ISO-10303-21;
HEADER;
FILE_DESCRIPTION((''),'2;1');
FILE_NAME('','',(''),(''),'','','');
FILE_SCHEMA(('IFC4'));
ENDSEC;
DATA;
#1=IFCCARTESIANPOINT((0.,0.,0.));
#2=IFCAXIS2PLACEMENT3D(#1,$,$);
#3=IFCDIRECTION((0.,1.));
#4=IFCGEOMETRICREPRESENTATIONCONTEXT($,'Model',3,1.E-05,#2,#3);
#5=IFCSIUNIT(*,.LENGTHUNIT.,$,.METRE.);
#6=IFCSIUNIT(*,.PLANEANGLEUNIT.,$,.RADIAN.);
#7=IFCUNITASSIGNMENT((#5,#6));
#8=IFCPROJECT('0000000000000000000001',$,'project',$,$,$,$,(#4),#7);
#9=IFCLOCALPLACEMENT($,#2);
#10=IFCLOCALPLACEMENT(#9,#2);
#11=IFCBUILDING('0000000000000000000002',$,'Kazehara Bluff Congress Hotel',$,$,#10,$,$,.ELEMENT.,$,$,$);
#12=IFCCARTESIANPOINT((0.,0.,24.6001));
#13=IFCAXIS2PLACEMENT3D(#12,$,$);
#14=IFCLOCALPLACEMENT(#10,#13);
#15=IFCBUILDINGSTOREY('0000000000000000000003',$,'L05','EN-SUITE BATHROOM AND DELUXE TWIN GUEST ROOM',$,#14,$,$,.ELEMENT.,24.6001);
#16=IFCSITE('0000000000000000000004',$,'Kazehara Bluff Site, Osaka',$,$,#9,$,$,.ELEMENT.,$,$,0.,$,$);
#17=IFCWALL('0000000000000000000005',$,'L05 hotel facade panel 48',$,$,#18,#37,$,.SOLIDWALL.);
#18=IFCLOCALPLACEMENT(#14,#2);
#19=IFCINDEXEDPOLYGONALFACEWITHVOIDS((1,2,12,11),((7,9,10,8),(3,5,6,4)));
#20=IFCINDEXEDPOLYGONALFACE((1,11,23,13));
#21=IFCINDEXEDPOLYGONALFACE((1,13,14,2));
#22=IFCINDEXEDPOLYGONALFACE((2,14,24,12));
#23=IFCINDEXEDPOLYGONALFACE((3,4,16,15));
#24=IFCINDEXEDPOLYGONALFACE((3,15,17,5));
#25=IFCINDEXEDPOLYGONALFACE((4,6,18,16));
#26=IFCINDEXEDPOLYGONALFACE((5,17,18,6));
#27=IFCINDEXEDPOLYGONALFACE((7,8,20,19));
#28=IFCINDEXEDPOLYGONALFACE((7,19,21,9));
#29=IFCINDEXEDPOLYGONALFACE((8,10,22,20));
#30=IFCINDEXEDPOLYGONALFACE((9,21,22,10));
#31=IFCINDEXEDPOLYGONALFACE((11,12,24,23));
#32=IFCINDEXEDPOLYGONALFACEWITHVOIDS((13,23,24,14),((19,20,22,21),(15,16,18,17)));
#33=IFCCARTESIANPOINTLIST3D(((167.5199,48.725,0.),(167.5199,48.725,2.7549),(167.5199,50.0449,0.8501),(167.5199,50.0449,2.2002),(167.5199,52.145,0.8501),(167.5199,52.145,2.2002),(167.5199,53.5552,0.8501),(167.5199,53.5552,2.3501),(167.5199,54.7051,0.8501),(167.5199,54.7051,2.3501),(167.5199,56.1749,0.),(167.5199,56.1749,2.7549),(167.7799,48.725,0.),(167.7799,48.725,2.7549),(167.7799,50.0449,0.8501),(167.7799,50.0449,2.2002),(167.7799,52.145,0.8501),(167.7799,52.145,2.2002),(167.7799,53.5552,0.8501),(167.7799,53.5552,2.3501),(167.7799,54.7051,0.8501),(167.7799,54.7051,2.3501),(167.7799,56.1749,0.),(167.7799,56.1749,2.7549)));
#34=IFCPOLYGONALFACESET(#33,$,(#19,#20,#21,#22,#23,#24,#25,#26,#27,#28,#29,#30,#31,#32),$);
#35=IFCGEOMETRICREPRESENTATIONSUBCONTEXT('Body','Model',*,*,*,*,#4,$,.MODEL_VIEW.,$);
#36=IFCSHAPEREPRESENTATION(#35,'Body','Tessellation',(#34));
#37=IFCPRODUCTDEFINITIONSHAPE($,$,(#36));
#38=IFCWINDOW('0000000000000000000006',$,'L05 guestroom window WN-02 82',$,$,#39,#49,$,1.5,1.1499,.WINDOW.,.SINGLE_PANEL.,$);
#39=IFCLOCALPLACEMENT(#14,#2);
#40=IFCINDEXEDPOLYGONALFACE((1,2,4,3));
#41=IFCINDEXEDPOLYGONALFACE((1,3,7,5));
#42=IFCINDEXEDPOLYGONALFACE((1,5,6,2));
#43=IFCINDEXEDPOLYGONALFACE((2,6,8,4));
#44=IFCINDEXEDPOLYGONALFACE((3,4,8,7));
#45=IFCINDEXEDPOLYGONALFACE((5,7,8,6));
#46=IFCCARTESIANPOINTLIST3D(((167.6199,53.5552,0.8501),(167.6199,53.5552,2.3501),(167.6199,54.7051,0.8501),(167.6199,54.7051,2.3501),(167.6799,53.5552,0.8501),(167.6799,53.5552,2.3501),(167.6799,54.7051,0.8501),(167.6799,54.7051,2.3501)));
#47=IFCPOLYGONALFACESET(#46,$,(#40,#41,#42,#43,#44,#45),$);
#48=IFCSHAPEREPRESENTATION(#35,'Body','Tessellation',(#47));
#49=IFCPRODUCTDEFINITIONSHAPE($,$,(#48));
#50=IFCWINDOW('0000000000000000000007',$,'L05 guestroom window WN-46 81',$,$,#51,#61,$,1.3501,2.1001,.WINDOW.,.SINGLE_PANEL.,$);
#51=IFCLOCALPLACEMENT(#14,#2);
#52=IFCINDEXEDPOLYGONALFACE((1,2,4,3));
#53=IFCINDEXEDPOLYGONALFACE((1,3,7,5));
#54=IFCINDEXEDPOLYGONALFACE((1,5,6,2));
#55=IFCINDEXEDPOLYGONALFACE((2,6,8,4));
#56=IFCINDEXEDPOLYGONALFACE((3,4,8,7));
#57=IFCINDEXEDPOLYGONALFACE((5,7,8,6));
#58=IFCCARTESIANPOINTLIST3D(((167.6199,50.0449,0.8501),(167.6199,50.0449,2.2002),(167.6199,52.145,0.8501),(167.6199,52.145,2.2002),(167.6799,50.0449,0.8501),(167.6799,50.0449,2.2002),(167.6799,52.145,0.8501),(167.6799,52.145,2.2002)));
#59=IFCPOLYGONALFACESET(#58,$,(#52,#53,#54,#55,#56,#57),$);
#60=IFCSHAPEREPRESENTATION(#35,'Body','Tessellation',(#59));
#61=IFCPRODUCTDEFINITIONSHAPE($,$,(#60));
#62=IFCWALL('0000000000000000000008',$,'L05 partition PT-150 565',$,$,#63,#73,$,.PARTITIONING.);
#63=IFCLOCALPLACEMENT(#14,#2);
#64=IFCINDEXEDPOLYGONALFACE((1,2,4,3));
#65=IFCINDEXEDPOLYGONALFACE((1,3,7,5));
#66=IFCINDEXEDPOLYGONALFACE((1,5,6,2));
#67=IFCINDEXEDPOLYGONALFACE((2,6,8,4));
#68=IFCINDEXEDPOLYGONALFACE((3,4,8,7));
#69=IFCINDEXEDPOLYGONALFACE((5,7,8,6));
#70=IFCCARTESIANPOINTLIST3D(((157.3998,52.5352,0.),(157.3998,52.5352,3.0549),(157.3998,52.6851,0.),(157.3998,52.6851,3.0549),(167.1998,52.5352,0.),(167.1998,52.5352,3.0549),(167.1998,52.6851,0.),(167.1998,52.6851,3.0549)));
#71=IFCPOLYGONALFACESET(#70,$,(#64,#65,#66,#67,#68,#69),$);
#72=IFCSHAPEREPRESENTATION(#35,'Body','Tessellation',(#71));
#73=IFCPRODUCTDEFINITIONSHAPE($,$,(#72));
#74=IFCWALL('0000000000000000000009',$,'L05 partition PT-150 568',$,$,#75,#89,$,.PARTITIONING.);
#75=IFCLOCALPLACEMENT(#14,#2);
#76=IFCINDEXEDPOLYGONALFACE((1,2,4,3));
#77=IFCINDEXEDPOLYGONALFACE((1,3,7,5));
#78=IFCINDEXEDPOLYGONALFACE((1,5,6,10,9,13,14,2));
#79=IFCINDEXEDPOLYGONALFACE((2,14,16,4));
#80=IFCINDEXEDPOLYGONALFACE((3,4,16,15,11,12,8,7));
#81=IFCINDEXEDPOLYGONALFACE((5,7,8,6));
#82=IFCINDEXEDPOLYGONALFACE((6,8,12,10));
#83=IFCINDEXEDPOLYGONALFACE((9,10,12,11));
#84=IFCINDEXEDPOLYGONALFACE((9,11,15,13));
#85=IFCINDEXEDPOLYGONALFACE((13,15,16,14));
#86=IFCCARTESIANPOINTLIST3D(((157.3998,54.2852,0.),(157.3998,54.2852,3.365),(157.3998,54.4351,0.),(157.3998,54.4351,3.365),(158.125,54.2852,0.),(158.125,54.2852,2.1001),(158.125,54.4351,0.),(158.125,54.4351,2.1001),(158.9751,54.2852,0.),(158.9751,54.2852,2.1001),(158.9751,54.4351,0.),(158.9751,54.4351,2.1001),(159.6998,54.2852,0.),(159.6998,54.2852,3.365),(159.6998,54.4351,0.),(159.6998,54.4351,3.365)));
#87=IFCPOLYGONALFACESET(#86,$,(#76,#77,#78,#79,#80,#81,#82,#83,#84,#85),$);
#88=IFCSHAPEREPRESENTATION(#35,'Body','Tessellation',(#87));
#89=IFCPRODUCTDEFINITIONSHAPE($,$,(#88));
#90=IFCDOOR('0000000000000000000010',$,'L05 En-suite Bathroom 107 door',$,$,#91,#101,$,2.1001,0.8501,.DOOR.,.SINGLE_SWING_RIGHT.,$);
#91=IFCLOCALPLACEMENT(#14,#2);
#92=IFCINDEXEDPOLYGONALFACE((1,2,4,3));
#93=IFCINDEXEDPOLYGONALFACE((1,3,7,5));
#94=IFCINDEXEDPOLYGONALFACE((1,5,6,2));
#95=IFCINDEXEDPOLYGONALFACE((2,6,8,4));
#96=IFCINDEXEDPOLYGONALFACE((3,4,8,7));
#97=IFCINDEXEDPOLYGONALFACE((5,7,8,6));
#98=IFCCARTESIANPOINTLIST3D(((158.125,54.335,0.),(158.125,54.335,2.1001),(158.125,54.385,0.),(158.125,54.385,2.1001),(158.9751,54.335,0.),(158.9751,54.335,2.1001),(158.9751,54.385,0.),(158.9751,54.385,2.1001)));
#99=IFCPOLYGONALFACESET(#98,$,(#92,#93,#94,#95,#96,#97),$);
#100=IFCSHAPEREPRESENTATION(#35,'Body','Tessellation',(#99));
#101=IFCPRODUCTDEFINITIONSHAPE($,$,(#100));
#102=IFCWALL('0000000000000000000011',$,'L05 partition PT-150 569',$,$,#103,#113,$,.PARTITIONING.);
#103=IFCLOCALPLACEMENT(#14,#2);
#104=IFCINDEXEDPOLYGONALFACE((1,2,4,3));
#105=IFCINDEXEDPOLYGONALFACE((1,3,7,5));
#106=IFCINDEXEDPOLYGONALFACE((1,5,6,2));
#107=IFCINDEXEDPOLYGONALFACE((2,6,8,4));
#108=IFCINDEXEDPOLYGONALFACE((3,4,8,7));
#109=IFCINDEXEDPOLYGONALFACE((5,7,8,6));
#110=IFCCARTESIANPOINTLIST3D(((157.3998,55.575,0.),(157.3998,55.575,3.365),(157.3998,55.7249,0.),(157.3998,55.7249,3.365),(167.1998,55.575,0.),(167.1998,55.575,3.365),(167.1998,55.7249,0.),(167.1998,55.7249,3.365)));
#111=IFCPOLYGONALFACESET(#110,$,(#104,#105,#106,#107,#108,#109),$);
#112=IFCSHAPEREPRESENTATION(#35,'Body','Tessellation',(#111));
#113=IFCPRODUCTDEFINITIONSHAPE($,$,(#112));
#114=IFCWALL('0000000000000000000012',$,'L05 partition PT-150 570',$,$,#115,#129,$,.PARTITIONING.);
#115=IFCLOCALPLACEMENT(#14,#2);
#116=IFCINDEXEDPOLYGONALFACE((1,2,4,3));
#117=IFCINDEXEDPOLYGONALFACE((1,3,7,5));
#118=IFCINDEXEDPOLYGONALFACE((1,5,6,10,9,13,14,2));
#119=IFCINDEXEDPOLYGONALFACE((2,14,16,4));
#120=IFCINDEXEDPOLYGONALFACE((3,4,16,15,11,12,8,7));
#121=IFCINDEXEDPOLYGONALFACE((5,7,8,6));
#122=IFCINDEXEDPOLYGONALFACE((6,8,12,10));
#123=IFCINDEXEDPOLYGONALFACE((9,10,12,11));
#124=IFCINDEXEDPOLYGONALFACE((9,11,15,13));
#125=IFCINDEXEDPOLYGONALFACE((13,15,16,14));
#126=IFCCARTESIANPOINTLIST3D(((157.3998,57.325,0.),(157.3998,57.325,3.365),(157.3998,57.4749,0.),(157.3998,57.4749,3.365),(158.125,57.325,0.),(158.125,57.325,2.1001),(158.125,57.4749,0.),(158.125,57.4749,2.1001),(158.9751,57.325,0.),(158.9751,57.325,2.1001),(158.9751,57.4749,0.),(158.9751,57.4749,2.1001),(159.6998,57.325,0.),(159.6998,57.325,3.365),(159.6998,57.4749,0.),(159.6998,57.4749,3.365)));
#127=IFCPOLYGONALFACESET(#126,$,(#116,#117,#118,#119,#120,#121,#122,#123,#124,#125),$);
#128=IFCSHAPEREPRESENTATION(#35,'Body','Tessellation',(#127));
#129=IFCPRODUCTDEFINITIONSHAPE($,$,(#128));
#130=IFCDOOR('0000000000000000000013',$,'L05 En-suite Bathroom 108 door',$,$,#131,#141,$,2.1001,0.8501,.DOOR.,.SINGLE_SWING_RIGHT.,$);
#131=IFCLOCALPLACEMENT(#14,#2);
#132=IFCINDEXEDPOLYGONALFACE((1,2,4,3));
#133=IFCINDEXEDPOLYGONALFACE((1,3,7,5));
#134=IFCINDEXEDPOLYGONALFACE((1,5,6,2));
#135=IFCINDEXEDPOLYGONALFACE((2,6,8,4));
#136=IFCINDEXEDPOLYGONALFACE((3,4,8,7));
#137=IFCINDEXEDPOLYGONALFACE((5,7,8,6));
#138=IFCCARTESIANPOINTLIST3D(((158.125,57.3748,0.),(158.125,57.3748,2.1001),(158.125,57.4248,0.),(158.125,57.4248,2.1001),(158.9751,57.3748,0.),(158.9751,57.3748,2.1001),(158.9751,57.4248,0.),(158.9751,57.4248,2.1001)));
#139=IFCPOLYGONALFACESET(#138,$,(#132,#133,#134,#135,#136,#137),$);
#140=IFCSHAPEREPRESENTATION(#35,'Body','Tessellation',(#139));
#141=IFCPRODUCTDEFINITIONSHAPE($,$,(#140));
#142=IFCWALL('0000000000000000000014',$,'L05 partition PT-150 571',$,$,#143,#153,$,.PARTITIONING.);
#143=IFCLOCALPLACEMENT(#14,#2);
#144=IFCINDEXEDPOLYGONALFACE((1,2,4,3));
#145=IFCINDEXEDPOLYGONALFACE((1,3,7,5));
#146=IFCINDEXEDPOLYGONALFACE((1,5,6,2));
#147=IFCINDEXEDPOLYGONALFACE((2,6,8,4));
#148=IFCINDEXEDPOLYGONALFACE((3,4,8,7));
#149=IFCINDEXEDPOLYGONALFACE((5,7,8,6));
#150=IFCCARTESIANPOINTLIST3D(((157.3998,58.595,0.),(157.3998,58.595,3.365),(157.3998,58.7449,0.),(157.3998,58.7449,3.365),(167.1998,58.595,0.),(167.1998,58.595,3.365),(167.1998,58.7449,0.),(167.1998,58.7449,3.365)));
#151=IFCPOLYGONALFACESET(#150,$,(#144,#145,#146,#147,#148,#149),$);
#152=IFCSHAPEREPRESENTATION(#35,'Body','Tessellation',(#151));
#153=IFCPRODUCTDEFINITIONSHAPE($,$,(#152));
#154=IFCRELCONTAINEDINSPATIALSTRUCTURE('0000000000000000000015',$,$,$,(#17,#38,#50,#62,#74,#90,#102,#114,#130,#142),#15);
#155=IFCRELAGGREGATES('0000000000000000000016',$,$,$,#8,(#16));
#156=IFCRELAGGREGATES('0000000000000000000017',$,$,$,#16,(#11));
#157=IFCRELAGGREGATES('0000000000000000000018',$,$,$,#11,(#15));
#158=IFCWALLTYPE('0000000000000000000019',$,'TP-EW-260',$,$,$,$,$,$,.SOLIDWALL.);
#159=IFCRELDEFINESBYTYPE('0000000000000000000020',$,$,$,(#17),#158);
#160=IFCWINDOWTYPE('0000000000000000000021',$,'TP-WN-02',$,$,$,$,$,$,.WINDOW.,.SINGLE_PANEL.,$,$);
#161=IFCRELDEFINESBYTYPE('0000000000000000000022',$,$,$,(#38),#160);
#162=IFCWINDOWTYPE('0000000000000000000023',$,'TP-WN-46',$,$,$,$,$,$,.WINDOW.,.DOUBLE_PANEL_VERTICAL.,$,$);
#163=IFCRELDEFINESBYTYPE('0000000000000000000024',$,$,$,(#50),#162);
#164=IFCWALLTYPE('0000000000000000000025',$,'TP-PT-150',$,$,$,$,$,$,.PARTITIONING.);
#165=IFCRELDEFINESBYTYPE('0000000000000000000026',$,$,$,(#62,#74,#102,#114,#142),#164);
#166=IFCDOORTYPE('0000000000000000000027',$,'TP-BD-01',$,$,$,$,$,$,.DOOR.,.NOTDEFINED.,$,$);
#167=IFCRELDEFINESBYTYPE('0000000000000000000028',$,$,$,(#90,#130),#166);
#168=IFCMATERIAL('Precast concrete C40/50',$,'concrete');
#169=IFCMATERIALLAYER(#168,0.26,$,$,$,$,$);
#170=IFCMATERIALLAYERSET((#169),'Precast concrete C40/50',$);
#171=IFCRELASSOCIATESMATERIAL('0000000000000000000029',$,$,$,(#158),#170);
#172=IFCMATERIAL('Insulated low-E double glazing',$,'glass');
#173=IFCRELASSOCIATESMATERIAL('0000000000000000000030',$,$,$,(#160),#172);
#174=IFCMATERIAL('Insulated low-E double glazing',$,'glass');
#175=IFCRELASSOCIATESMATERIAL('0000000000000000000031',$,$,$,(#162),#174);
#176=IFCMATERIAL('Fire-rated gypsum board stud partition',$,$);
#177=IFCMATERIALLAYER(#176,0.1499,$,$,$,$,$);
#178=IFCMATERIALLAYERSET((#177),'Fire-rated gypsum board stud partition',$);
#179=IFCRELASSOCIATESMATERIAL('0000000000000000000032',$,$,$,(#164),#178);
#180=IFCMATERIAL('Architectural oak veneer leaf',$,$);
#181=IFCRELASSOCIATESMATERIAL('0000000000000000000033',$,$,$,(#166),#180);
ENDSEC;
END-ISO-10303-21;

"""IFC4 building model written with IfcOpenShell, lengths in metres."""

from ifc_helpers import new_model, si_unit, direction, frame, frame_2d, origin, place, context, subcontext, project, spatial, rectangle, extrude, material, layer, layer_set, type_object, element, fill, save


model = new_model("IFC4")

# Units and contexts
model_context = context("Model", 3, precision=1e-05, world=origin(), true_north=direction((0.0, 1.0)))
body_context = subcontext(model_context, "Body", "Model", "MODEL_VIEW")
ifc_project = project(units=[si_unit("LENGTHUNIT", "METRE"), si_unit("PLANEANGLEUNIT", "RADIAN")], contexts=[model_context])

# Site, building, storey
site_placement = place(None, origin())
site = spatial("IfcSite", under=ifc_project, at=site_placement, Name="Kazehara Bluff Site, Osaka", CompositionType="ELEMENT", RefElevation=0.0)
building_placement = place(site_placement, origin())
building = spatial("IfcBuilding", under=site, at=building_placement, Name="Kazehara Bluff Congress Hotel", CompositionType="ELEMENT")
storey_placement = place(building_placement, frame((0.0, 0.0, 24.6001)))
storey = spatial("IfcBuildingStorey", under=building, at=storey_placement, Name="L05", Description="EN-SUITE BATHROOM AND DELUXE TWIN GUEST ROOM", CompositionType="ELEMENT", Elevation=24.6001)

# Wall, openings, windows
ifc_material_1 = material(Name="Precast concrete C40/50", Category="concrete")
ifc_layer_1 = layer(ifc_material_1, 0.26)
ifc_layer_set_1 = layer_set([ifc_layer_1], Name="Precast concrete C40/50")
wall_type_1 = type_object("IfcWallType", Name="TP-EW-260", PredefinedType="SOLIDWALL", material=ifc_layer_set_1)
wall_1_placement = place(storey_placement, frame((167.6499, 56.175, 0.0), z_axis=(0.0, 0.0, 1.0), x_axis=(0.0, -1.0, 0.0)))
wall_1 = element("IfcWall", 1, at=wall_1_placement, inside=storey, type_object=wall_type_1, Name="L05 hotel facade panel 48", PredefinedType="SOLIDWALL", context=body_context, shape_type="SweptSolid", body=[
    extrude(rectangle(XDim=7.45, YDim=0.26, at=frame_2d((3.7251, 0.0))), origin(), (0.0, 0.0, 1.0), 2.7549),
])
opening_1_placement = place(wall_1_placement, frame((4.03, 0.0, 0.8501)))
opening_1 = element("IfcOpeningElement", 2, at=opening_1_placement, cuts=wall_1, PredefinedType="OPENING", context=body_context, shape_type="SweptSolid", body=[
    extrude(rectangle(XDim=2.1001, YDim=1.3501, at=frame_2d((1.05, 0.675))), frame((0.0, 0.1399, 0.0), z_axis=(0.0, -1.0, 0.0), x_axis=(1.0, 0.0, 0.0)), (0.0, 0.0, 1.0), 0.28),
])
opening_2_placement = place(wall_1_placement, frame((1.47, 0.0, 0.8501)))
opening_2 = element("IfcOpeningElement", 3, at=opening_2_placement, cuts=wall_1, PredefinedType="OPENING", context=body_context, shape_type="SweptSolid", body=[
    extrude(rectangle(XDim=1.1499, YDim=1.5, at=frame_2d((0.575, 0.75))), frame((0.0, 0.1399, 0.0), z_axis=(0.0, -1.0, 0.0), x_axis=(1.0, 0.0, 0.0)), (0.0, 0.0, 1.0), 0.28),
])
ifc_material_2 = material(Name="Insulated low-E double glazing", Category="glass")
window_type_1 = type_object("IfcWindowType", Name="TP-WN-02", PartitioningType="SINGLE_PANEL", PredefinedType="WINDOW", material=ifc_material_2)
window_1_placement = place(opening_2_placement, origin())
window_1 = element("IfcWindow", 4, at=window_1_placement, inside=storey, type_object=window_type_1, Name="L05 guestroom window WN-02 82", OverallHeight=1.5, OverallWidth=1.1499, PartitioningType="SINGLE_PANEL", PredefinedType="WINDOW", context=body_context, shape_type="SweptSolid", body=[
    extrude(rectangle(XDim=1.1499, YDim=1.5, at=frame_2d((0.575, 0.75))), frame((0.0, 0.03, 0.0), z_axis=(0.0, -1.0, 0.0), x_axis=(1.0, 0.0, 0.0)), (0.0, 0.0, 1.0), 0.0601),
])
fill(opening_2, window_1)
ifc_material_3 = material(Name="Insulated low-E double glazing", Category="glass")
window_type_2 = type_object("IfcWindowType", Name="TP-WN-46", PartitioningType="DOUBLE_PANEL_VERTICAL", PredefinedType="WINDOW", material=ifc_material_3)
window_2_placement = place(opening_1_placement, origin())
window_2 = element("IfcWindow", 5, at=window_2_placement, inside=storey, type_object=window_type_2, Name="L05 guestroom window WN-46 81", OverallHeight=1.3501, OverallWidth=2.1001, PartitioningType="SINGLE_PANEL", PredefinedType="WINDOW", context=body_context, shape_type="SweptSolid", body=[
    extrude(rectangle(XDim=2.1001, YDim=1.3501, at=frame_2d((1.05, 0.675))), frame((0.0, 0.03, 0.0), z_axis=(0.0, -1.0, 0.0), x_axis=(1.0, 0.0, 0.0)), (0.0, 0.0, 1.0), 0.0601),
])
fill(opening_1, window_2)

# Wall
ifc_material_4 = material(Name="Fire-rated gypsum board stud partition")
ifc_layer_2 = layer(ifc_material_4, 0.1499)
ifc_layer_set_2 = layer_set([ifc_layer_2], Name="Fire-rated gypsum board stud partition")
wall_type_2 = type_object("IfcWallType", Name="TP-PT-150", PredefinedType="PARTITIONING", material=ifc_layer_set_2)
wall_2_placement = place(storey_placement, frame((157.3999, 52.6101, 0.0), z_axis=(0.0, 0.0, 1.0), x_axis=(1.0, 0.0, 0.0)))
element("IfcWall", 6, at=wall_2_placement, inside=storey, type_object=wall_type_2, Name="L05 partition PT-150 565", PredefinedType="PARTITIONING", context=body_context, shape_type="SweptSolid", body=[
    extrude(rectangle(XDim=9.8, YDim=0.1499, at=frame_2d((4.8999, 0.0))), origin(), (0.0, 0.0, 1.0), 3.0549),
])

# Wall, opening, door
wall_3_placement = place(storey_placement, frame((157.3999, 54.3601, 0.0), z_axis=(0.0, 0.0, 1.0), x_axis=(1.0, 0.0, 0.0)))
wall_3 = element("IfcWall", 7, at=wall_3_placement, inside=storey, type_object=wall_type_2, Name="L05 partition PT-150 568", PredefinedType="PARTITIONING", context=body_context, shape_type="SweptSolid", body=[
    extrude(rectangle(XDim=2.3, YDim=0.1499, at=frame_2d((1.1499, 0.0))), origin(), (0.0, 0.0, 1.0), 3.365),
])
opening_3_placement = place(wall_3_placement, frame((0.7251, 0.0, 0.0)))
opening_3 = element("IfcOpeningElement", 8, at=opening_3_placement, cuts=wall_3, PredefinedType="OPENING", context=body_context, shape_type="SweptSolid", body=[
    extrude(rectangle(XDim=0.8501, YDim=2.1001, at=frame_2d((0.425, 1.05))), frame((0.0, 0.085, 0.0), z_axis=(0.0, -1.0, 0.0), x_axis=(1.0, 0.0, 0.0)), (0.0, 0.0, 1.0), 0.1699),
])
ifc_material_5 = material(Name="Architectural oak veneer leaf")
door_type_1 = type_object("IfcDoorType", Name="TP-BD-01", OperationType="NOTDEFINED", PredefinedType="DOOR", material=ifc_material_5)
door_1_placement = place(opening_3_placement, origin())
door_1 = element("IfcDoor", 9, at=door_1_placement, inside=storey, type_object=door_type_1, Name="L05 En-suite Bathroom 107 door", OperationType="SINGLE_SWING_RIGHT", OverallHeight=2.1001, OverallWidth=0.8501, PredefinedType="DOOR", context=body_context, shape_type="SweptSolid", body=[
    extrude(rectangle(XDim=0.8501, YDim=2.1001, at=frame_2d((0.425, 1.05))), frame((0.0, 0.0249, 0.0), z_axis=(0.0, -1.0, 0.0), x_axis=(1.0, 0.0, 0.0)), (0.0, 0.0, 1.0), 0.05),
])
fill(opening_3, door_1)

# Wall
wall_4_placement = place(storey_placement, frame((157.3999, 55.6499, 0.0), z_axis=(0.0, 0.0, 1.0), x_axis=(1.0, 0.0, 0.0)))
element("IfcWall", 10, at=wall_4_placement, inside=storey, type_object=wall_type_2, Name="L05 partition PT-150 569", PredefinedType="PARTITIONING", context=body_context, shape_type="SweptSolid", body=[
    extrude(rectangle(XDim=9.8, YDim=0.1499, at=frame_2d((4.8999, 0.0))), origin(), (0.0, 0.0, 1.0), 3.365),
])

# Wall, opening, door
wall_5_placement = place(storey_placement, frame((157.3999, 57.3999, 0.0), z_axis=(0.0, 0.0, 1.0), x_axis=(1.0, 0.0, 0.0)))
wall_5 = element("IfcWall", 11, at=wall_5_placement, inside=storey, type_object=wall_type_2, Name="L05 partition PT-150 570", PredefinedType="PARTITIONING", context=body_context, shape_type="SweptSolid", body=[
    extrude(rectangle(XDim=2.3, YDim=0.1499, at=frame_2d((1.1499, 0.0))), origin(), (0.0, 0.0, 1.0), 3.365),
])
opening_4_placement = place(wall_5_placement, frame((0.7251, 0.0, 0.0)))
opening_4 = element("IfcOpeningElement", 12, at=opening_4_placement, cuts=wall_5, PredefinedType="OPENING", context=body_context, shape_type="SweptSolid", body=[
    extrude(rectangle(XDim=0.8501, YDim=2.1001, at=frame_2d((0.425, 1.05))), frame((0.0, 0.085, 0.0), z_axis=(0.0, -1.0, 0.0), x_axis=(1.0, 0.0, 0.0)), (0.0, 0.0, 1.0), 0.1699),
])
door_2_placement = place(opening_4_placement, origin())
door_2 = element("IfcDoor", 13, at=door_2_placement, inside=storey, type_object=door_type_1, Name="L05 En-suite Bathroom 108 door", OperationType="SINGLE_SWING_RIGHT", OverallHeight=2.1001, OverallWidth=0.8501, PredefinedType="DOOR", context=body_context, shape_type="SweptSolid", body=[
    extrude(rectangle(XDim=0.8501, YDim=2.1001, at=frame_2d((0.425, 1.05))), frame((0.0, 0.0249, 0.0), z_axis=(0.0, -1.0, 0.0), x_axis=(1.0, 0.0, 0.0)), (0.0, 0.0, 1.0), 0.05),
])
fill(opening_4, door_2)

# Wall
wall_6_placement = place(storey_placement, frame((157.3999, 58.6699, 0.0), z_axis=(0.0, 0.0, 1.0), x_axis=(1.0, 0.0, 0.0)))
element("IfcWall", 14, at=wall_6_placement, inside=storey, type_object=wall_type_2, Name="L05 partition PT-150 571", PredefinedType="PARTITIONING", context=body_context, shape_type="SweptSolid", body=[
    extrude(rectangle(XDim=9.8, YDim=0.1499, at=frame_2d((4.8999, 0.0))), origin(), (0.0, 0.0, 1.0), 3.365),
])

save(model, "model.ifc")
